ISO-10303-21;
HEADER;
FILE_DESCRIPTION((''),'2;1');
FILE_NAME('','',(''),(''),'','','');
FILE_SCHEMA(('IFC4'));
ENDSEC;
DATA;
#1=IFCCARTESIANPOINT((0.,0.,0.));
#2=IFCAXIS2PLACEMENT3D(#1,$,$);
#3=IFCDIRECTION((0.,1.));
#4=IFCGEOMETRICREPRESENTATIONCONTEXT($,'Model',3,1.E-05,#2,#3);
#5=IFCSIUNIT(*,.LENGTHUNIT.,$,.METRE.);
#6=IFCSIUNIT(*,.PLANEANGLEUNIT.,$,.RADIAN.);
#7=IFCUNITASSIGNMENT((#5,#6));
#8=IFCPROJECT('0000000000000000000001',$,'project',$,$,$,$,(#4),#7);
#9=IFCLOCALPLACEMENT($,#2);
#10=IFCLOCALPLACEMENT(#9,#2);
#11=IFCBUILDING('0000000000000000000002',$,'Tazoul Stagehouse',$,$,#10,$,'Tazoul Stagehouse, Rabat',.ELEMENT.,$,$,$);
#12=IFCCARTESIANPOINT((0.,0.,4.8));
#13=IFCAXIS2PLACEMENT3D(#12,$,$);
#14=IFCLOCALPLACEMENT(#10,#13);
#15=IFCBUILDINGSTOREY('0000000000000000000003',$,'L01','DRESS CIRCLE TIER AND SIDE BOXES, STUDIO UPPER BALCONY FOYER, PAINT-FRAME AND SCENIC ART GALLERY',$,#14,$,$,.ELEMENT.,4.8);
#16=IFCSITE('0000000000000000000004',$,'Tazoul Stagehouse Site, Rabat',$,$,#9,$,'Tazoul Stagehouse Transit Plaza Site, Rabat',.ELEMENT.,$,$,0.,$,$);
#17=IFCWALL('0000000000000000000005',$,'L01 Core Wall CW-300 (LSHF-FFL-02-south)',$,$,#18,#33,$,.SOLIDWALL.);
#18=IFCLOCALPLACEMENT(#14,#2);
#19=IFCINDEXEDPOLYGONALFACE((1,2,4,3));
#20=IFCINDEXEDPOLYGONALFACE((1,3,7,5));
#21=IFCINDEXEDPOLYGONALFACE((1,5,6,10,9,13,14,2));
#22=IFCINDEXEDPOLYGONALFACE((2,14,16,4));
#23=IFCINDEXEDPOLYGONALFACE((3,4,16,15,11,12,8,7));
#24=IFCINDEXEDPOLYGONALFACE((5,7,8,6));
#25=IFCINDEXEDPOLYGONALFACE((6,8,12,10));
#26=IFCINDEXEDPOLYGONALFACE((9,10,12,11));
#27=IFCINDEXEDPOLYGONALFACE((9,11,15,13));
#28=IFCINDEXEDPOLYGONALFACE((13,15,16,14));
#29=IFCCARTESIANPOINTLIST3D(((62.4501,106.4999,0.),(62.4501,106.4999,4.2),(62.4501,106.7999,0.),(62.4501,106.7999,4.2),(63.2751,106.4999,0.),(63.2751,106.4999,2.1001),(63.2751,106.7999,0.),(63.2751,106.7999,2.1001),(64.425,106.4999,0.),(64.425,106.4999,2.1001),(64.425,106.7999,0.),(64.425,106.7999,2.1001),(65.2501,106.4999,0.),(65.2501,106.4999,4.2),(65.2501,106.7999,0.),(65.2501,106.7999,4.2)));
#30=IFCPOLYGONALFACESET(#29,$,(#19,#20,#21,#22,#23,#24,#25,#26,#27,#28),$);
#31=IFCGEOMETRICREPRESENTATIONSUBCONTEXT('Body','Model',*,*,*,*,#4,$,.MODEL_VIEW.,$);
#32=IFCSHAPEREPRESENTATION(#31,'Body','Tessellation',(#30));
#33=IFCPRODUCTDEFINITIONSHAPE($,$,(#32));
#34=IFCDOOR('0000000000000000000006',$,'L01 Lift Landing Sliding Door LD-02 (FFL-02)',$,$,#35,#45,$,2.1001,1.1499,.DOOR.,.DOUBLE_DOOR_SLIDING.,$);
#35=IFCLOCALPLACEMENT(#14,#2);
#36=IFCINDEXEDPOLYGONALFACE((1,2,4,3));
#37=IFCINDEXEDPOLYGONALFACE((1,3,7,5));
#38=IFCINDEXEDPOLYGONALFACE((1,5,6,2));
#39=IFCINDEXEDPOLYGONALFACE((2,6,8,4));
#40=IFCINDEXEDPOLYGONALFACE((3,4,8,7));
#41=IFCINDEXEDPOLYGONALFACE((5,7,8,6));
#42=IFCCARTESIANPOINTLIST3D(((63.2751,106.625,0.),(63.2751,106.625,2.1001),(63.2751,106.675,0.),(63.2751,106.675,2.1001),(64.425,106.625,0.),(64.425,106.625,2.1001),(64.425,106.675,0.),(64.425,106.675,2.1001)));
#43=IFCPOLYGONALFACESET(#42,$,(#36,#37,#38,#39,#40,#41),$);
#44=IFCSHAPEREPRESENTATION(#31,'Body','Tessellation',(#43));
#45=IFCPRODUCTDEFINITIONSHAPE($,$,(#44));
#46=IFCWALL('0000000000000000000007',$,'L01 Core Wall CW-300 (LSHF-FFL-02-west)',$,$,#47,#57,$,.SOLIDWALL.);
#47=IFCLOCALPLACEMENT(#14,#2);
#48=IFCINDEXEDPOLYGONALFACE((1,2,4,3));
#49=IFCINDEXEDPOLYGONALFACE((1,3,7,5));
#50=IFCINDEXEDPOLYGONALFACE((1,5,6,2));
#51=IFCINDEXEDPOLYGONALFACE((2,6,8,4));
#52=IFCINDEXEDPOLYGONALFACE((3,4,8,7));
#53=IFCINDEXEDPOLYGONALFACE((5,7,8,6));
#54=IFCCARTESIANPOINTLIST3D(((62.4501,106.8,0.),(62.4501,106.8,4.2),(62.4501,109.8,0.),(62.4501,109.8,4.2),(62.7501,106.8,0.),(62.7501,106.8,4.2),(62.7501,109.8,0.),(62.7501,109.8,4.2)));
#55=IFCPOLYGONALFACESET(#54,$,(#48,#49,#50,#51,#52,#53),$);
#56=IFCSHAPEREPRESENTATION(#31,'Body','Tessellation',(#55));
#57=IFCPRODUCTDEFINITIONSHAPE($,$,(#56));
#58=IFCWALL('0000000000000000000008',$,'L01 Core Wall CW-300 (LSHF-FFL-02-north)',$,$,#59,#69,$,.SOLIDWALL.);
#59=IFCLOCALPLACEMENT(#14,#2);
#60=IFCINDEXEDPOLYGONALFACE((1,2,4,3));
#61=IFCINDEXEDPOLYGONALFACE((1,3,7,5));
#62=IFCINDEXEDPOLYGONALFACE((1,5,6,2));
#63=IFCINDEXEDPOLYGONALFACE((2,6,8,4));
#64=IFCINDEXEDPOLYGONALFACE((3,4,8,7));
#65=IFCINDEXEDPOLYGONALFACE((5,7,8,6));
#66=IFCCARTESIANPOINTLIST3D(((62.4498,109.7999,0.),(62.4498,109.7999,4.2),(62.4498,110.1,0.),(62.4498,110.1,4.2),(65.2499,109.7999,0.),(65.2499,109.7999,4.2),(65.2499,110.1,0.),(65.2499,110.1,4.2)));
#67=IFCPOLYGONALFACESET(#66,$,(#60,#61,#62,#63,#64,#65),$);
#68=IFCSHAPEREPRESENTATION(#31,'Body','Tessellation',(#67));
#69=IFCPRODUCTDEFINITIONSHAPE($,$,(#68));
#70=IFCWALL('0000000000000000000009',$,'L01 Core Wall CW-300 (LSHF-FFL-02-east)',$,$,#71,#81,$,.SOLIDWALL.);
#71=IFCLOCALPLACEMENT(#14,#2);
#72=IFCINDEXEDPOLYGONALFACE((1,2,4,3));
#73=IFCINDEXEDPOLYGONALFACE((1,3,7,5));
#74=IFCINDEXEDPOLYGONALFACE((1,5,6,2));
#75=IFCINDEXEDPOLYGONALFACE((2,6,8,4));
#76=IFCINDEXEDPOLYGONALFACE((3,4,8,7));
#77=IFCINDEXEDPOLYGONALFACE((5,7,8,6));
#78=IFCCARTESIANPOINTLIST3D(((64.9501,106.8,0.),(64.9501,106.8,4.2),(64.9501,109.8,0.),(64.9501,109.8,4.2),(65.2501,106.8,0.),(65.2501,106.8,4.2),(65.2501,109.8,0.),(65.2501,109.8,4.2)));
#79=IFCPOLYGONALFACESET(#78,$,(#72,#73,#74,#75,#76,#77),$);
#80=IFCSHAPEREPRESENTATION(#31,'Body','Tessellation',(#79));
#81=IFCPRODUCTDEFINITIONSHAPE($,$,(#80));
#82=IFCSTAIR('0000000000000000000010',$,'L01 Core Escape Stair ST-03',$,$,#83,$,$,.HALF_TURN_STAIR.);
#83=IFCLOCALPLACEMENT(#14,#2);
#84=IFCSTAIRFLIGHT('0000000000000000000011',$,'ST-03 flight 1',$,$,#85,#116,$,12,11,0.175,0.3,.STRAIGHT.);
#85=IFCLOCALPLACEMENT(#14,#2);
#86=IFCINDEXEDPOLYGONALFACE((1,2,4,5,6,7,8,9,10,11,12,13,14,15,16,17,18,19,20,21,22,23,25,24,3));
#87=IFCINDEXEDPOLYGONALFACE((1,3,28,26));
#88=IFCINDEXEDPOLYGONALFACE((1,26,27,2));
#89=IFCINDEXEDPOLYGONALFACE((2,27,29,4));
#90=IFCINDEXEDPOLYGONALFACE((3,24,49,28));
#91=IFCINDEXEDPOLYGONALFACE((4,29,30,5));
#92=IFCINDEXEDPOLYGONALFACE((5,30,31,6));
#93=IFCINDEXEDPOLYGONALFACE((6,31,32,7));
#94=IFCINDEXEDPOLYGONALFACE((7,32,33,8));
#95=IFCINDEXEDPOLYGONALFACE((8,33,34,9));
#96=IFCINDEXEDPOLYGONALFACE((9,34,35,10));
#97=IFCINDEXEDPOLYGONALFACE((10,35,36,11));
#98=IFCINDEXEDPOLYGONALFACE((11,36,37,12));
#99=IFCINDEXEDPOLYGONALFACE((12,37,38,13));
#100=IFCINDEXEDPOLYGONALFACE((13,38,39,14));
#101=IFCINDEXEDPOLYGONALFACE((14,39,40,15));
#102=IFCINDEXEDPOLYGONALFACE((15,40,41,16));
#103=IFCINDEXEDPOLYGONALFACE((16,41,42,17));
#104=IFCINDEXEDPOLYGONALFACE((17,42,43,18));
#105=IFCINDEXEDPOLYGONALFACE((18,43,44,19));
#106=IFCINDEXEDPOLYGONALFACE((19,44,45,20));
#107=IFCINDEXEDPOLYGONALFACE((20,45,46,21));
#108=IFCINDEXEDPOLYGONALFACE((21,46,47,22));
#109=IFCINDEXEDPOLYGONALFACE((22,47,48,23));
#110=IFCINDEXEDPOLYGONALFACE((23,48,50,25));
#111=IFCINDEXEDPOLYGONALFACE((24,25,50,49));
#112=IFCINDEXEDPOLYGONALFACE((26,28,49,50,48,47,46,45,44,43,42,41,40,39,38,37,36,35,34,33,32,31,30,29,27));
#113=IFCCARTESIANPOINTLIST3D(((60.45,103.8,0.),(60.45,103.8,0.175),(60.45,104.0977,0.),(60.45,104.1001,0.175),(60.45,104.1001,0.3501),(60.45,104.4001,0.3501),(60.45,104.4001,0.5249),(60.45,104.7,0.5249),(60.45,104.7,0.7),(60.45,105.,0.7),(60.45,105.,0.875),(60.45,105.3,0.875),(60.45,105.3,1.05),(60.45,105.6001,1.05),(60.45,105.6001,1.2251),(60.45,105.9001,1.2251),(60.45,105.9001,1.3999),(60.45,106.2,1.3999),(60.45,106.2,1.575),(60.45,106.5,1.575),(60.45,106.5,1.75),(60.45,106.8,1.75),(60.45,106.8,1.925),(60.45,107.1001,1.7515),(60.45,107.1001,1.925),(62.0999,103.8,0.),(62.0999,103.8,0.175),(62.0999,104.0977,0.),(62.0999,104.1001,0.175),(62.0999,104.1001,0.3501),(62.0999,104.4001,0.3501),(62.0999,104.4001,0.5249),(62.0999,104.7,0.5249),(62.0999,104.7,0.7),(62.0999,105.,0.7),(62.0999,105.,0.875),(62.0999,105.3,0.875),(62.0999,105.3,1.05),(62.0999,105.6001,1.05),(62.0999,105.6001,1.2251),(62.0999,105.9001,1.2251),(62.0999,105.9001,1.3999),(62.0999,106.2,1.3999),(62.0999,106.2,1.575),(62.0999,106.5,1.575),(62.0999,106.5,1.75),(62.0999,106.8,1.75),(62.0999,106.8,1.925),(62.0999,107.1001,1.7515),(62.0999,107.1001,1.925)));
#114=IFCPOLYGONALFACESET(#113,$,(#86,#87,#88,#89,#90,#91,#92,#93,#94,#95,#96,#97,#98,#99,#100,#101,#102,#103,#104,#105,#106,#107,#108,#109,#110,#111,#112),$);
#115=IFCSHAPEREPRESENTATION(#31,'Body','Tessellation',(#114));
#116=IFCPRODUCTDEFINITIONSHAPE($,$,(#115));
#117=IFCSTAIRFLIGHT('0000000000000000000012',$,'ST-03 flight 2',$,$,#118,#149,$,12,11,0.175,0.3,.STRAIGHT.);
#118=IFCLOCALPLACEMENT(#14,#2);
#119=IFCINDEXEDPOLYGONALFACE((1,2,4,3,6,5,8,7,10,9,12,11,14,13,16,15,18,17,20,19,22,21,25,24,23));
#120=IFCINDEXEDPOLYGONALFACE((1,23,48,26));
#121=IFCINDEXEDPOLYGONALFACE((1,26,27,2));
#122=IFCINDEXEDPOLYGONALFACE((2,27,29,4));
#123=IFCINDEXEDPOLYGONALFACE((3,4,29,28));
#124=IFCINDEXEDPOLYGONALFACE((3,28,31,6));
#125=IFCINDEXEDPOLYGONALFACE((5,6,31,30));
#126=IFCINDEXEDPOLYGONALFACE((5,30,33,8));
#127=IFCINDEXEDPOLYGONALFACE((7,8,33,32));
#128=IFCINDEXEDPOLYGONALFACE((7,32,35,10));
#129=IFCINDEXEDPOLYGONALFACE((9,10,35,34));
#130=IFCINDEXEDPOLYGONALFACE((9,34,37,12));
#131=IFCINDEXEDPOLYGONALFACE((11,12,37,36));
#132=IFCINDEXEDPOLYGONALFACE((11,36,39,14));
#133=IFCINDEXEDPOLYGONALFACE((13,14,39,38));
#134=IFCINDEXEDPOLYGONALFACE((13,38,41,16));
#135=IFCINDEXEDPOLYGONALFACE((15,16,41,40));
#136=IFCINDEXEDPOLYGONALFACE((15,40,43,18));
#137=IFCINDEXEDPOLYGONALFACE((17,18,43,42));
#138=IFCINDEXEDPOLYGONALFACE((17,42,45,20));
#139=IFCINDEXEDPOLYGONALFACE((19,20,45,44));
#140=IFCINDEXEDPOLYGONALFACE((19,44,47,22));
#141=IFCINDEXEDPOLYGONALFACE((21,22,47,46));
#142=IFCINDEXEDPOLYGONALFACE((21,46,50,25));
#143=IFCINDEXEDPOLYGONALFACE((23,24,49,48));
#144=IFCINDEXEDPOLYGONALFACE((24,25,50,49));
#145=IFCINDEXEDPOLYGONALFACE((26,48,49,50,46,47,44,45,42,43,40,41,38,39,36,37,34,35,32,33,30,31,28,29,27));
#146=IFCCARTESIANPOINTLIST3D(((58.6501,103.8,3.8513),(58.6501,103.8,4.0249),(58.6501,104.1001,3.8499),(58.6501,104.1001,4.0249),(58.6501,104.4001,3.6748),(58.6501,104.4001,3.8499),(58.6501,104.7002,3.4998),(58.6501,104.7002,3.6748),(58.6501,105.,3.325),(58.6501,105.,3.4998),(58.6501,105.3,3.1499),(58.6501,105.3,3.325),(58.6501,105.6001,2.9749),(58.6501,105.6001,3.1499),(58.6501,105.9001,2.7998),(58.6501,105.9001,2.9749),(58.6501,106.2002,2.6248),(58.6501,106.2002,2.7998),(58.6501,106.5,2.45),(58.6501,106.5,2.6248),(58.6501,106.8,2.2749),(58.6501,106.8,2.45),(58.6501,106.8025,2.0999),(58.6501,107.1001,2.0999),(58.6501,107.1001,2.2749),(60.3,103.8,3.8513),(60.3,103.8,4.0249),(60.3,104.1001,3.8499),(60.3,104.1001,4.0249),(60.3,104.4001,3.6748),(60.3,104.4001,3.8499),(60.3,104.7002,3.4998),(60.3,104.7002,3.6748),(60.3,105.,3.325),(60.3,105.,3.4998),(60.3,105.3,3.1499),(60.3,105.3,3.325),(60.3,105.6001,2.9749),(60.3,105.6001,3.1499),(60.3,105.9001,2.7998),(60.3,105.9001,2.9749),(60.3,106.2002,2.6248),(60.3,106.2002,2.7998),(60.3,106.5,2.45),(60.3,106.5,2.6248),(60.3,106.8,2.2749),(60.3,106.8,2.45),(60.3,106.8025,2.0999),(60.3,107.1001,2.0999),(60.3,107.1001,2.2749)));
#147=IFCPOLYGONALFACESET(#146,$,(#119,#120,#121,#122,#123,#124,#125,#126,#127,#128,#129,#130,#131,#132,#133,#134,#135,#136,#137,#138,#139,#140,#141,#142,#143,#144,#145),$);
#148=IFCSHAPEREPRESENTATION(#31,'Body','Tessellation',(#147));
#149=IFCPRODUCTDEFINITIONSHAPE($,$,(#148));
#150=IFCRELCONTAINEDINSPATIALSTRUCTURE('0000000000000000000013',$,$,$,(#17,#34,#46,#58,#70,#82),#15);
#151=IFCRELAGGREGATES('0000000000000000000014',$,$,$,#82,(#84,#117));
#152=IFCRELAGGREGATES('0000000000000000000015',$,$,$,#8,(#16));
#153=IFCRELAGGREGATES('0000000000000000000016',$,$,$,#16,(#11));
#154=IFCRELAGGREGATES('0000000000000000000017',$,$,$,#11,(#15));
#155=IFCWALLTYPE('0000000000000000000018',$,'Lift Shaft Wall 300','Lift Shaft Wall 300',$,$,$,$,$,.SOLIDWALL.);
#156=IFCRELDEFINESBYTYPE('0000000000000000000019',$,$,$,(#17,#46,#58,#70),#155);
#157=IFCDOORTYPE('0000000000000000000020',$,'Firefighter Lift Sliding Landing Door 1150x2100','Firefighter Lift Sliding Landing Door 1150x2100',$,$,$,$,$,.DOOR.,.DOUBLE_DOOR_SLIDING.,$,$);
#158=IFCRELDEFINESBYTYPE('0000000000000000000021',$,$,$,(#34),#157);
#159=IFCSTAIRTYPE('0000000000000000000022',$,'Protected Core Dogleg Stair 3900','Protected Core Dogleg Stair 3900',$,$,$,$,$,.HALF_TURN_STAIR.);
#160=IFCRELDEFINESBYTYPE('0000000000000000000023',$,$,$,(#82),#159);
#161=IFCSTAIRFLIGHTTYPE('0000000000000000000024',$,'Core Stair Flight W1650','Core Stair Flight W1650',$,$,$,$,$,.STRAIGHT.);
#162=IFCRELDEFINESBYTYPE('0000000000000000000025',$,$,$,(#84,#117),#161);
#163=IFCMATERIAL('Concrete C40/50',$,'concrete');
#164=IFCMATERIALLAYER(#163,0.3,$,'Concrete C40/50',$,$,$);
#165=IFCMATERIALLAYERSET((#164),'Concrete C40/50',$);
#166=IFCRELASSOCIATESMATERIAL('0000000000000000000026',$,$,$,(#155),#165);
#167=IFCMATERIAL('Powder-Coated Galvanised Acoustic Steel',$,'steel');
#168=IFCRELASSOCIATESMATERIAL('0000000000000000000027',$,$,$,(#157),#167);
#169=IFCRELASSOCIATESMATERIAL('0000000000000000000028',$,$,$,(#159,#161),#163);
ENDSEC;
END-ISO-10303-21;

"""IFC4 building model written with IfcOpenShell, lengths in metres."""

from ifc_helpers import new_model, si_unit, direction, frame, frame_2d, origin, place, context, subcontext, project, spatial, polyline, rectangle, outline, extrude, material, layer, layer_set, type_object, element, fill, aggregate, save


model = new_model("IFC4")

# Units and contexts
model_context = context("Model", 3, precision=1e-05, world=origin(), true_north=direction((0.0, 1.0)))
body_context = subcontext(model_context, "Body", "Model", "MODEL_VIEW")
ifc_project = project(units=[si_unit("LENGTHUNIT", "METRE"), si_unit("PLANEANGLEUNIT", "RADIAN")], contexts=[model_context])

# Site, building, storey
site_placement = place(None, origin())
site = spatial("IfcSite", under=ifc_project, at=site_placement, Name="Tazoul Stagehouse Site, Rabat", LongName="Tazoul Stagehouse Transit Plaza Site, Rabat", CompositionType="ELEMENT", RefElevation=0.0)
building_placement = place(site_placement, origin())
building = spatial("IfcBuilding", under=site, at=building_placement, Name="Tazoul Stagehouse", LongName="Tazoul Stagehouse, Rabat", CompositionType="ELEMENT")
storey_placement = place(building_placement, frame((0.0, 0.0, 4.8)))
storey = spatial("IfcBuildingStorey", under=building, at=storey_placement, Name="L01", Description="DRESS CIRCLE TIER AND SIDE BOXES, STUDIO UPPER BALCONY FOYER, PAINT-FRAME AND SCENIC ART GALLERY", CompositionType="ELEMENT", Elevation=4.8)

# Shared definitions
ifc_material_1 = material(Name="Concrete C40/50", Category="concrete")

# Shared definitions
ifc_material_2 = material(Name="Powder-Coated Galvanised Acoustic Steel", Category="steel")

# Wall, opening, door
ifc_layer_1 = layer(ifc_material_1, 0.3, Name="Concrete C40/50")
ifc_layer_set_1 = layer_set([ifc_layer_1], Name="Concrete C40/50")
wall_type_1 = type_object("IfcWallType", Name="Lift Shaft Wall 300", Description="Lift Shaft Wall 300", PredefinedType="SOLIDWALL", material=ifc_layer_set_1)
wall_1_placement = place(storey_placement, frame((65.25, 106.6499, 0.0), z_axis=(0.0, 0.0, 1.0), x_axis=(-1.0, 0.0, 0.0)))
wall_1 = element("IfcWall", 1, at=wall_1_placement, inside=storey, type_object=wall_type_1, Name="L01 Core Wall CW-300 (LSHF-FFL-02-south)", PredefinedType="SOLIDWALL", context=body_context, shape_type="SweptSolid", body=[
    extrude(rectangle(XDim=2.8, YDim=0.3, at=frame_2d((1.3999, 0.0))), origin(), (0.0, 0.0, 1.0), 4.2),
])
opening_1_placement = place(wall_1_placement, frame((0.825, 0.0, 0.0)))
opening_1 = element("IfcOpeningElement", 2, at=opening_1_placement, cuts=wall_1, PredefinedType="OPENING", context=body_context, shape_type="SweptSolid", body=[
    extrude(rectangle(XDim=1.1499, YDim=2.1001, at=frame_2d((0.575, 1.05))), frame((0.0, 0.1699, 0.0), z_axis=(0.0, -1.0, 0.0), x_axis=(1.0, 0.0, 0.0)), (0.0, 0.0, 1.0), 0.3401),
])
door_type_1 = type_object("IfcDoorType", Name="Firefighter Lift Sliding Landing Door 1150x2100", Description="Firefighter Lift Sliding Landing Door 1150x2100", OperationType="DOUBLE_DOOR_SLIDING", PredefinedType="DOOR", material=ifc_material_2)
door_1_placement = place(opening_1_placement, origin())
door_1 = element("IfcDoor", 3, at=door_1_placement, inside=storey, type_object=door_type_1, Name="L01 Lift Landing Sliding Door LD-02 (FFL-02)", OperationType="DOUBLE_DOOR_SLIDING", OverallHeight=2.1001, OverallWidth=1.1499, PredefinedType="DOOR", context=body_context, shape_type="SweptSolid", body=[
    extrude(rectangle(XDim=1.1499, YDim=2.1001, at=frame_2d((0.575, 1.05))), frame((0.0, 0.0249, 0.0), z_axis=(0.0, -1.0, 0.0), x_axis=(1.0, 0.0, 0.0)), (0.0, 0.0, 1.0), 0.05),
])
fill(opening_1, door_1)

# Walls
wall_2_placement = place(storey_placement, frame((62.6001, 106.8, 0.0), z_axis=(0.0, 0.0, 1.0), x_axis=(0.0, 1.0, 0.0)))
element("IfcWall", 4, at=wall_2_placement, inside=storey, type_object=wall_type_1, Name="L01 Core Wall CW-300 (LSHF-FFL-02-west)", PredefinedType="SOLIDWALL", context=body_context, shape_type="SweptSolid", body=[
    extrude(rectangle(XDim=3.0, YDim=0.3, at=frame_2d((1.5, 0.0))), origin(), (0.0, 0.0, 1.0), 4.2),
])
wall_3_placement = place(storey_placement, frame((62.45, 109.95, 0.0), z_axis=(0.0, 0.0, 1.0), x_axis=(1.0, 0.0, 0.0)))
element("IfcWall", 5, at=wall_3_placement, inside=storey, type_object=wall_type_1, Name="L01 Core Wall CW-300 (LSHF-FFL-02-north)", PredefinedType="SOLIDWALL", context=body_context, shape_type="SweptSolid", body=[
    extrude(rectangle(XDim=2.8, YDim=0.3, at=frame_2d((1.3999, 0.0))), origin(), (0.0, 0.0, 1.0), 4.2),
])
wall_4_placement = place(storey_placement, frame((65.1001, 109.8, 0.0), z_axis=(0.0, 0.0, 1.0), x_axis=(0.0, -1.0, 0.0)))
element("IfcWall", 6, at=wall_4_placement, inside=storey, type_object=wall_type_1, Name="L01 Core Wall CW-300 (LSHF-FFL-02-east)", PredefinedType="SOLIDWALL", context=body_context, shape_type="SweptSolid", body=[
    extrude(rectangle(XDim=3.0, YDim=0.3, at=frame_2d((1.5, 0.0))), origin(), (0.0, 0.0, 1.0), 4.2),
])

# Stair, stair flights
stair_type = type_object("IfcStairType", Name="Protected Core Dogleg Stair 3900", Description="Protected Core Dogleg Stair 3900", PredefinedType="HALF_TURN_STAIR", material=ifc_material_1)
stair_placement = place(storey_placement, origin())
stair = element("IfcStair", 7, at=stair_placement, inside=storey, type_object=stair_type, Name="L01 Core Escape Stair ST-03", PredefinedType="HALF_TURN_STAIR")
stair_flight_type = type_object("IfcStairFlightType", Name="Core Stair Flight W1650", Description="Core Stair Flight W1650", PredefinedType="STRAIGHT", material=ifc_material_1)
stair_flight_1_placement = place(storey_placement, frame((61.2749, 103.8, 0.0), z_axis=(0.0, 0.0, 1.0), x_axis=(0.0, 1.0, 0.0)))
stair_flight_1 = element("IfcStairFlight", 8, at=stair_flight_1_placement, type_object=stair_flight_type, Name="ST-03 flight 1", NumberOfRisers=12, NumberOfTreads=11, PredefinedType="STRAIGHT", RiserHeight=0.175, TreadLength=0.3, context=body_context, shape_type="SweptSolid", body=[
    extrude(outline(polyline([(0.0, 0.0), (0.0, 0.175), (0.3, 0.175), (0.3, 0.3501), (0.6001, 0.3501), (0.6001, 0.5249), (0.8999, 0.5249), (0.8999, 0.7), (1.2, 0.7), (1.2, 0.875), (1.5, 0.875), (1.5, 1.05), (1.8, 1.05), (1.8, 1.2251), (2.1001, 1.2251), (2.1001, 1.3999), (2.3999, 1.3999), (2.3999, 1.575), (2.7, 1.575), (2.7, 1.75), (3.0, 1.75), (3.0, 1.925), (3.3, 1.925), (3.3, 2.1001), (3.3, 1.7515), (0.2976, 0.0), (0.0, 0.0)])), frame((0.0, 0.825, 0.0), z_axis=(0.0, -1.0, 0.0), x_axis=(1.0, 0.0, 0.0)), (0.0, 0.0, 1.0), 1.6499),
])
stair_flight_2_placement = place(storey_placement, frame((59.4751, 107.1001, 2.0999), z_axis=(0.0, 0.0, 1.0), x_axis=(0.0, -1.0, 0.0)))
stair_flight_2 = element("IfcStairFlight", 9, at=stair_flight_2_placement, type_object=stair_flight_type, Name="ST-03 flight 2", NumberOfRisers=12, NumberOfTreads=11, PredefinedType="STRAIGHT", RiserHeight=0.175, TreadLength=0.3, context=body_context, shape_type="SweptSolid", body=[
    extrude(outline(polyline([(0.0, 0.0), (0.0, 0.175), (0.3, 0.175), (0.3, 0.3501), (0.6001, 0.3501), (0.6001, 0.5249), (0.8999, 0.5249), (0.8999, 0.7), (1.2, 0.7), (1.2, 0.875), (1.5, 0.875), (1.5, 1.05), (1.8, 1.05), (1.8, 1.2251), (2.1001, 1.2251), (2.1001, 1.3999), (2.3999, 1.3999), (2.3999, 1.575), (2.7, 1.575), (2.7, 1.75), (3.0, 1.75), (3.0, 1.925), (3.3, 1.925), (3.3, 2.1001), (3.3, 1.7515), (0.2976, 0.0), (0.0, 0.0)])), frame((0.0, 0.825, 0.0), z_axis=(0.0, -1.0, 0.0), x_axis=(1.0, 0.0, 0.0)), (0.0, 0.0, 1.0), 1.6499),
])
aggregate(stair, [stair_flight_1, stair_flight_2])

save(model, "model.ifc")
